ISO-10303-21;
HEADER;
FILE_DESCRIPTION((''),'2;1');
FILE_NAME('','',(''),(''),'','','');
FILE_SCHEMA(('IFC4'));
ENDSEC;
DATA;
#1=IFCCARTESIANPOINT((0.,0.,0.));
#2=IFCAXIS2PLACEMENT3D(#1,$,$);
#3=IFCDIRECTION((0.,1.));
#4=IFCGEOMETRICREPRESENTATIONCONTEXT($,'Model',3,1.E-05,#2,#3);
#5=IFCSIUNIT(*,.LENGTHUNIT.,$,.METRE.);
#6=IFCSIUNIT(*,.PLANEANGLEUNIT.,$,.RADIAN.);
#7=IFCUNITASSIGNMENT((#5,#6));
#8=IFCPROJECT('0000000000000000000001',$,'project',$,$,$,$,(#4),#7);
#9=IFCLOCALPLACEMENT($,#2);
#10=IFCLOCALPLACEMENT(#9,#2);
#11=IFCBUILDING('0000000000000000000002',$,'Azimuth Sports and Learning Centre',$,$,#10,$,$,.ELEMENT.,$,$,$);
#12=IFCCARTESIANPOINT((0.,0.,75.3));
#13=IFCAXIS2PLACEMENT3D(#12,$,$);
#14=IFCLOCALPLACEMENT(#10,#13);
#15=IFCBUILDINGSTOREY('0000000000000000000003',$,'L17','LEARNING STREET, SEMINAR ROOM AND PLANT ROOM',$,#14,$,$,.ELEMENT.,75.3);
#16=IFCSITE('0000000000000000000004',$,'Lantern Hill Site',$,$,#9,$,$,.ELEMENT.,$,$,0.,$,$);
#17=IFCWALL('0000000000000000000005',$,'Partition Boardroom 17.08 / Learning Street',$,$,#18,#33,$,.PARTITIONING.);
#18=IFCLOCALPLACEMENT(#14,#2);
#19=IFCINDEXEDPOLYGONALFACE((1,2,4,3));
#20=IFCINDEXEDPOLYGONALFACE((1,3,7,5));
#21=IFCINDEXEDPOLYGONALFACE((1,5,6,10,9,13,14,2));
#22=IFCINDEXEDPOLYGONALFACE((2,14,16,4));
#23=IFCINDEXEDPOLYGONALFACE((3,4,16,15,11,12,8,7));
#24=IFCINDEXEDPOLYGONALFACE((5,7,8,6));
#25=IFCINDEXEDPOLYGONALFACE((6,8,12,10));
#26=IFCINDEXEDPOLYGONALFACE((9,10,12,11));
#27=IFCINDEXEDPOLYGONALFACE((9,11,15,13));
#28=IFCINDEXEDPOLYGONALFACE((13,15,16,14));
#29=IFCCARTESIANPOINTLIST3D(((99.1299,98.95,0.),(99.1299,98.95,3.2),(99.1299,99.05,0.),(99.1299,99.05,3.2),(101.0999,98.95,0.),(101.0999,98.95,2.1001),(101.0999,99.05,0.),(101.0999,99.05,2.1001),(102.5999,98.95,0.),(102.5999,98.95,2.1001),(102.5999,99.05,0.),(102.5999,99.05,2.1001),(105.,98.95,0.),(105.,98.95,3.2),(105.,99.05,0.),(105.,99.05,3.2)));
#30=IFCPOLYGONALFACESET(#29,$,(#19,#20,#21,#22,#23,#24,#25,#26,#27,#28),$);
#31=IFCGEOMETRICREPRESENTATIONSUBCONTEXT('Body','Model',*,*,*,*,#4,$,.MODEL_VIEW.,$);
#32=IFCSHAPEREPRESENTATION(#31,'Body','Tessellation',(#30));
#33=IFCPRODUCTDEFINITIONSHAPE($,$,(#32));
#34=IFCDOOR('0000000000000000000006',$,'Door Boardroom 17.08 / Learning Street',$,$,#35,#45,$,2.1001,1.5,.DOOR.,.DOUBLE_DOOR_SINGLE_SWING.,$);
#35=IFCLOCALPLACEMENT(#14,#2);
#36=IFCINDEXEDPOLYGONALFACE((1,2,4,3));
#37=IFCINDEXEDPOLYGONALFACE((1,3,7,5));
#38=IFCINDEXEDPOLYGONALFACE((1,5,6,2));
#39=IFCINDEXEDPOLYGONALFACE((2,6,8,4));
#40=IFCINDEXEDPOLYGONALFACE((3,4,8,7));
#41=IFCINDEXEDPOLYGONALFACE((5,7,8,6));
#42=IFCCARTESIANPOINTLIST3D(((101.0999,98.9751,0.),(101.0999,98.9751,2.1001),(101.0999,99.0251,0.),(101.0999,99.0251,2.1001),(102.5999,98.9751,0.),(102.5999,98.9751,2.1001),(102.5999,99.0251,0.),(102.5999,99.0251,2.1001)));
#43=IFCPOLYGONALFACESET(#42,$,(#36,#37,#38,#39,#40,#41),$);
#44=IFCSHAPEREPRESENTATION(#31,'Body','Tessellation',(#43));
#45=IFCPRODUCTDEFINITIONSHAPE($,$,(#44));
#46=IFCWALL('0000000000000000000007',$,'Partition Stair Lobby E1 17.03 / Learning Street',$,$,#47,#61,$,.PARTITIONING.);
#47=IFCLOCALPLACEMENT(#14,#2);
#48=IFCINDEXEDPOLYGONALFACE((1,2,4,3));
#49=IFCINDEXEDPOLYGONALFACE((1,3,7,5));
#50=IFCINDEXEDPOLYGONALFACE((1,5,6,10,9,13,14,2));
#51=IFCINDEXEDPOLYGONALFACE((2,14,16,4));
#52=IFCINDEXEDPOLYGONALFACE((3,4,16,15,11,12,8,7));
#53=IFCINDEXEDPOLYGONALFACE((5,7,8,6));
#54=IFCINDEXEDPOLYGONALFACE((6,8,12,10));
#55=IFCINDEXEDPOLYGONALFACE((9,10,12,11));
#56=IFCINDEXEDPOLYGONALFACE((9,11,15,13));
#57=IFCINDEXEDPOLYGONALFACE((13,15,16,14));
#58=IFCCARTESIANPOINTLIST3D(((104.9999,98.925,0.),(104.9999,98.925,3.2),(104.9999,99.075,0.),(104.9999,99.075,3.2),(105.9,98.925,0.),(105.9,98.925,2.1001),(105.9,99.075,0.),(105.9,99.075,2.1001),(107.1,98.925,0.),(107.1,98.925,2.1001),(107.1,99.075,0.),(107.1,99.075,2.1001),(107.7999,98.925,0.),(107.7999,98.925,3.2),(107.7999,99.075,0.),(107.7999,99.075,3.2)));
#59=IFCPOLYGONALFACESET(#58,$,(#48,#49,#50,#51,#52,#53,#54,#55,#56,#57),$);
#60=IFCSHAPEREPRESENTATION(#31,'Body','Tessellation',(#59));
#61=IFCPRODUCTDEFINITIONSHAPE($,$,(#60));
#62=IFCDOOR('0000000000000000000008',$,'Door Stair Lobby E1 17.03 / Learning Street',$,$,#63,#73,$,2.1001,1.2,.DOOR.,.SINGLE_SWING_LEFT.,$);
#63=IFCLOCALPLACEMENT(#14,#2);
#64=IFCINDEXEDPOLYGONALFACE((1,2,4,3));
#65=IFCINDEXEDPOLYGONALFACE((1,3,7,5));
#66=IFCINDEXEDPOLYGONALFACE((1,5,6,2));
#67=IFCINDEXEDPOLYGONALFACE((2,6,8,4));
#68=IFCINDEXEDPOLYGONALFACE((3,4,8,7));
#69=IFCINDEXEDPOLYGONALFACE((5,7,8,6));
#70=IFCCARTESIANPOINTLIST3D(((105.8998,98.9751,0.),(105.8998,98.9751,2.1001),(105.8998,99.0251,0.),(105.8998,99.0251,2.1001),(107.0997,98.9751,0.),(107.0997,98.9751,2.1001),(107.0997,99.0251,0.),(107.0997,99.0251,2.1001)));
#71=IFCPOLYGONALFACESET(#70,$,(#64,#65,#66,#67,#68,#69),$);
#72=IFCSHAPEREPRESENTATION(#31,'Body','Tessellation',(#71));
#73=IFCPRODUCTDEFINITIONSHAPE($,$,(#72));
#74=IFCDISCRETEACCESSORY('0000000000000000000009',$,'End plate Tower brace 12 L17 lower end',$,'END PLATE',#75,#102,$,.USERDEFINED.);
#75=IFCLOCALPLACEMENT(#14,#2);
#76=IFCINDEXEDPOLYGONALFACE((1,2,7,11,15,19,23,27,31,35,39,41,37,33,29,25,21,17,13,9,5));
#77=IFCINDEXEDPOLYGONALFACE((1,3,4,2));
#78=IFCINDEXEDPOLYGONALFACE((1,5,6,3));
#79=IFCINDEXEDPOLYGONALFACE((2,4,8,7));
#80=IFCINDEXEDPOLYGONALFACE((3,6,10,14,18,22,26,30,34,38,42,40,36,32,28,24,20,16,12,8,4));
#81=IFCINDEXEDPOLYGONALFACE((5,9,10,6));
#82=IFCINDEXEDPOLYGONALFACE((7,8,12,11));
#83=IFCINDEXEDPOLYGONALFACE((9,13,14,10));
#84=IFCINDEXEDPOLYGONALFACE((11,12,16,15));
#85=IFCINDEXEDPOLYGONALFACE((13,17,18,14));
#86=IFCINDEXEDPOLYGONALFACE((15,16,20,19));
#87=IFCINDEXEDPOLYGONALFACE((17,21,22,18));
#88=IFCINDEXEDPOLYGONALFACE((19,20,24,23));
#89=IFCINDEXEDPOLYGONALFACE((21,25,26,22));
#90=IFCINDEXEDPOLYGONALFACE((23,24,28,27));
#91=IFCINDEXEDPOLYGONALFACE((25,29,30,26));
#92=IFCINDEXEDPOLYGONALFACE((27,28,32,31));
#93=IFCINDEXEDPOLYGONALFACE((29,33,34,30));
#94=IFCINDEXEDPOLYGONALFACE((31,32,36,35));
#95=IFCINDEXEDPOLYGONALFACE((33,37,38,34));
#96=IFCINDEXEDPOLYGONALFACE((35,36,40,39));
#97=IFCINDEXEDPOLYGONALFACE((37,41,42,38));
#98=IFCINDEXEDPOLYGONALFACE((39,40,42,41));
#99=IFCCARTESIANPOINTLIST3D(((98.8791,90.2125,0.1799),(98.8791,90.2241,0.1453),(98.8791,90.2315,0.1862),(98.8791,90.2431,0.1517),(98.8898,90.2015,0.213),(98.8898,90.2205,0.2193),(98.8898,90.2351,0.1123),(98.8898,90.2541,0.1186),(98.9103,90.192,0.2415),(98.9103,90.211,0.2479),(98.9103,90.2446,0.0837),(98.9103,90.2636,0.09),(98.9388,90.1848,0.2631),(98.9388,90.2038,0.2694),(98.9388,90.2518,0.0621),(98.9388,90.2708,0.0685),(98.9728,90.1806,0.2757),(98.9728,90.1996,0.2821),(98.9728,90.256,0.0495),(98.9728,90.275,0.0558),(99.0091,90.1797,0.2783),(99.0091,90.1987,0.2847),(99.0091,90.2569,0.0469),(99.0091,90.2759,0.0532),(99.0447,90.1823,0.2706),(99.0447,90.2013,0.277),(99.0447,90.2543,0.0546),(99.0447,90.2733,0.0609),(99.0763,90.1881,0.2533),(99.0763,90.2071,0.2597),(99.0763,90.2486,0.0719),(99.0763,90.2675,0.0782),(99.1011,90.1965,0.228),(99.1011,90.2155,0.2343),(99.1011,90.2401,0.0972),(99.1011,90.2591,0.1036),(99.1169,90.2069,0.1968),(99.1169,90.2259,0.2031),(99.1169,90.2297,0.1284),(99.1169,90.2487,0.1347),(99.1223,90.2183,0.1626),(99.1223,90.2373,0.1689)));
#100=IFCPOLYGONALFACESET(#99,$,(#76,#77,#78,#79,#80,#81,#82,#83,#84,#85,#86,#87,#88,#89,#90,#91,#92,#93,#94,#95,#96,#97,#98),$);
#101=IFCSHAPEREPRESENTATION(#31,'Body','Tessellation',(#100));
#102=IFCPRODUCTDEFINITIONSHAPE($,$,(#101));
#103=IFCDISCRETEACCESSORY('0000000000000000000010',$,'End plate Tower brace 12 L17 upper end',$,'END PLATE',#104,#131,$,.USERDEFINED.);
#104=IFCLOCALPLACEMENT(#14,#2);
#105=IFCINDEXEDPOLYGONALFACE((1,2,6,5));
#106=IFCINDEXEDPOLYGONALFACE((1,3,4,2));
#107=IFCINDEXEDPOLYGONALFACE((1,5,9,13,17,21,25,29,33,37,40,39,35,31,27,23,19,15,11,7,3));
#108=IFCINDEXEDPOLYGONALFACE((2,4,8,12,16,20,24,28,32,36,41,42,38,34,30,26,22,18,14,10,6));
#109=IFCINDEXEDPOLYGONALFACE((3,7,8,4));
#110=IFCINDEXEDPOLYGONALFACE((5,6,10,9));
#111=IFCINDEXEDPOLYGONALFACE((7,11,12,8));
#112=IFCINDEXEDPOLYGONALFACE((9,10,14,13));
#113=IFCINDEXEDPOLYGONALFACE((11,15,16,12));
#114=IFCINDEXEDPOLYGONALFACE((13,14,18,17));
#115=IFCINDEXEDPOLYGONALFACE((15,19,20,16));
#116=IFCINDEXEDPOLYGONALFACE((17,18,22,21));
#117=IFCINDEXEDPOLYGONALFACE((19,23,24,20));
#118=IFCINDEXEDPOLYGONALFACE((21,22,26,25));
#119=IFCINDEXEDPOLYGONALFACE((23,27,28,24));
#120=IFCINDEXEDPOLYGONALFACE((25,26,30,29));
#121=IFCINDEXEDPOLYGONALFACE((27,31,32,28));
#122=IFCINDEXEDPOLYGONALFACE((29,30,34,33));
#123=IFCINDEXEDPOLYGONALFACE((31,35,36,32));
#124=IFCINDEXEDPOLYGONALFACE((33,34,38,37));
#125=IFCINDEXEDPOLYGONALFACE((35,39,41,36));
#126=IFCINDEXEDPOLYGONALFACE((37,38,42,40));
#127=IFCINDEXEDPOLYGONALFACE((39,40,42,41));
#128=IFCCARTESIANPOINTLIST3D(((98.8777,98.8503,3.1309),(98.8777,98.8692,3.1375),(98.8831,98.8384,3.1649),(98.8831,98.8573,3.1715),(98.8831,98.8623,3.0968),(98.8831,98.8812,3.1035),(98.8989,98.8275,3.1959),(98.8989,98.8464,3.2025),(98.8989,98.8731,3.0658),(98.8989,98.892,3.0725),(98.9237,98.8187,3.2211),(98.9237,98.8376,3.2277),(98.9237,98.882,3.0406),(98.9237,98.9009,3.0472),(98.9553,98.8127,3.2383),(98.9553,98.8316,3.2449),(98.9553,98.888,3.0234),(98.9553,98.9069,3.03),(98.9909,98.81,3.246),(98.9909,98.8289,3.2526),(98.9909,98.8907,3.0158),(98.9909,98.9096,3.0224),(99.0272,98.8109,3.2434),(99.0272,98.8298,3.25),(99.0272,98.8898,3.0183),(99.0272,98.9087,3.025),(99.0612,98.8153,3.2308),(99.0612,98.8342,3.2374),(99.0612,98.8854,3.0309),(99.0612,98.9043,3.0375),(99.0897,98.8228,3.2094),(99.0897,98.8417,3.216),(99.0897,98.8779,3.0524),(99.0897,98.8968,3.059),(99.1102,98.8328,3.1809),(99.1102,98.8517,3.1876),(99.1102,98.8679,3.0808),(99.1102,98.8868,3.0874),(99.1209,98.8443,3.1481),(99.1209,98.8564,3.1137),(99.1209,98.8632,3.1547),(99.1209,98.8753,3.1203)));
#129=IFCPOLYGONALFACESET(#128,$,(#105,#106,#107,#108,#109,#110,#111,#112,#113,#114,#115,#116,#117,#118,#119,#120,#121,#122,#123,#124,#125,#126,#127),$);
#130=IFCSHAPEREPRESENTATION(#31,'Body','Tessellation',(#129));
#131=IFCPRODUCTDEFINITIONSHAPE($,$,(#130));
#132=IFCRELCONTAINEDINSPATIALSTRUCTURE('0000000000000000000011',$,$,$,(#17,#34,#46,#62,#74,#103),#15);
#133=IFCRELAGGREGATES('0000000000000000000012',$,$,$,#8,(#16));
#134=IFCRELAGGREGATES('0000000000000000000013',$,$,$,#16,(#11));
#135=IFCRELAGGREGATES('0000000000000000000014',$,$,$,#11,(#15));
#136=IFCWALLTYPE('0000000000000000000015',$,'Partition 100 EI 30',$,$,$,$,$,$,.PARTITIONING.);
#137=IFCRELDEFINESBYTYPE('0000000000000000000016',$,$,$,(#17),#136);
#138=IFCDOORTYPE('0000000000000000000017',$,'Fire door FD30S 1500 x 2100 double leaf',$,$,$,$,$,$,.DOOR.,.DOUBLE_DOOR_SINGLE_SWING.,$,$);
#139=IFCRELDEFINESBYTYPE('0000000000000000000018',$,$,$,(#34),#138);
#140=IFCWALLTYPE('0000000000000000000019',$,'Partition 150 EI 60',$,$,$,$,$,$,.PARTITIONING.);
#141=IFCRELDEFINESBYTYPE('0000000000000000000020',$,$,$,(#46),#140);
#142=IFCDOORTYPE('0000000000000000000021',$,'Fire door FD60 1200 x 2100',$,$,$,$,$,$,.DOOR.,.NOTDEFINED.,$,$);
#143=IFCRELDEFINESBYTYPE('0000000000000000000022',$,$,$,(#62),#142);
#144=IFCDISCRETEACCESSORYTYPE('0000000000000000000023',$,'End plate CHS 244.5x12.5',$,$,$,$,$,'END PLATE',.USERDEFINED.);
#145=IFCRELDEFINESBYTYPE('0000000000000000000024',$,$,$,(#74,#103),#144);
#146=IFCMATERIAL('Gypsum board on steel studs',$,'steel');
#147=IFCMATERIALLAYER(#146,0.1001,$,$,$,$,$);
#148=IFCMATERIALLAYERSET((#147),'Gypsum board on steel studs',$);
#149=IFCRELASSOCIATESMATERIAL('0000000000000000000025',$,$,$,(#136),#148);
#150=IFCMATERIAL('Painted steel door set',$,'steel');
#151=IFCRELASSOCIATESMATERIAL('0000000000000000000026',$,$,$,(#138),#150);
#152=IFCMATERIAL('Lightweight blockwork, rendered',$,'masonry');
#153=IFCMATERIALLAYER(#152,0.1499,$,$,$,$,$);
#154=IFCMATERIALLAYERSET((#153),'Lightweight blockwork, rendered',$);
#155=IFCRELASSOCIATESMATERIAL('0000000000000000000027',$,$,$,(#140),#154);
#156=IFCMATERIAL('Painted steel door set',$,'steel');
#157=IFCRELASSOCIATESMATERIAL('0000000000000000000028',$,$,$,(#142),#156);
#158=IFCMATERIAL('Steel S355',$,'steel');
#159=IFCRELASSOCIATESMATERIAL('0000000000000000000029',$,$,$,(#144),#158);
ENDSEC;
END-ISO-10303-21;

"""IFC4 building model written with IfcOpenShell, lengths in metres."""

from ifc_helpers import new_model, si_unit, direction, frame, frame_2d, origin, origin_2d, place, context, subcontext, project, spatial, rectangle, circle, extrude, material, layer, layer_set, material_profile, profile_set, type_object, element, fill, save


model = new_model("IFC4")

# Units and contexts
model_context = context("Model", 3, precision=1e-05, world=origin(), true_north=direction((0.0, 1.0)))
body_context = subcontext(model_context, "Body", "Model", "MODEL_VIEW")
ifc_project = project(units=[si_unit("LENGTHUNIT", "METRE"), si_unit("PLANEANGLEUNIT", "RADIAN")], contexts=[model_context])

# Site, building, storey
site_placement = place(None, origin())
site = spatial("IfcSite", under=ifc_project, at=site_placement, Name="Lantern Hill Site", CompositionType="ELEMENT", RefElevation=0.0)
building_placement = place(site_placement, origin())
building = spatial("IfcBuilding", under=site, at=building_placement, Name="Azimuth Sports and Learning Centre", CompositionType="ELEMENT")
storey_placement = place(building_placement, frame((0.0, 0.0, 75.3)))
storey = spatial("IfcBuildingStorey", under=building, at=storey_placement, Name="L17", Description="LEARNING STREET, SEMINAR ROOM AND PLANT ROOM", CompositionType="ELEMENT", Elevation=75.3)

# Walls, openings, doors
ifc_material_1 = material(Name="Gypsum board on steel studs", Category="steel")
ifc_layer_1 = layer(ifc_material_1, 0.1001)
ifc_layer_set_1 = layer_set([ifc_layer_1], Name="Gypsum board on steel studs")
wall_type_1 = type_object("IfcWallType", Name="Partition 100 EI 30", PredefinedType="PARTITIONING", material=ifc_layer_set_1)
wall_1_placement = place(storey_placement, frame((99.1299, 99.0, 0.0), z_axis=(0.0, 0.0, 1.0), x_axis=(1.0, 0.0, 0.0)))
wall_1 = element("IfcWall", 1, at=wall_1_placement, inside=storey, type_object=wall_type_1, Name="Partition Boardroom 17.08 / Learning Street", PredefinedType="PARTITIONING", context=body_context, shape_type="SweptSolid", body=[
    extrude(rectangle(XDim=5.8701, YDim=0.1001, at=frame_2d((2.9351, 0.0))), origin(), (0.0, 0.0, 1.0), 3.2),
])
opening_1_placement = place(wall_1_placement, frame((1.97, 0.0, 0.0)))
opening_1 = element("IfcOpeningElement", 2, at=opening_1_placement, cuts=wall_1, PredefinedType="OPENING", context=body_context, shape_type="SweptSolid", body=[
    extrude(rectangle(XDim=1.5, YDim=2.1001, at=frame_2d((0.75, 1.05))), frame((0.0, 0.061, 0.0), z_axis=(0.0, -1.0, 0.0), x_axis=(1.0, 0.0, 0.0)), (0.0, 0.0, 1.0), 0.1221),
])
ifc_material_2 = material(Name="Painted steel door set", Category="steel")
door_type_1 = type_object("IfcDoorType", Name="Fire door FD30S 1500 x 2100 double leaf", OperationType="DOUBLE_DOOR_SINGLE_SWING", PredefinedType="DOOR", material=ifc_material_2)
door_1_placement = place(opening_1_placement, frame((1.5, 0.0, 0.0), z_axis=(0.0, 0.0, 1.0), x_axis=(-1.0, 0.0, 0.0)))
door_1 = element("IfcDoor", 3, at=door_1_placement, inside=storey, type_object=door_type_1, Name="Door Boardroom 17.08 / Learning Street", OperationType="DOUBLE_DOOR_SINGLE_SWING", OverallHeight=2.1001, OverallWidth=1.5, PredefinedType="DOOR", context=body_context, shape_type="SweptSolid", body=[
    extrude(rectangle(XDim=1.5, YDim=2.1001, at=frame_2d((0.75, 1.05))), frame((0.0, 0.0249, 0.0), z_axis=(0.0, -1.0, 0.0), x_axis=(1.0, 0.0, 0.0)), (0.0, 0.0, 1.0), 0.05),
])
fill(opening_1, door_1)
ifc_material_3 = material(Name="Lightweight blockwork, rendered", Category="masonry")
ifc_layer_2 = layer(ifc_material_3, 0.1499)
ifc_layer_set_2 = layer_set([ifc_layer_2], Name="Lightweight blockwork, rendered")
wall_type_2 = type_object("IfcWallType", Name="Partition 150 EI 60", PredefinedType="PARTITIONING", material=ifc_layer_set_2)
wall_2_placement = place(storey_placement, frame((105.0, 99.0, 0.0), z_axis=(0.0, 0.0, 1.0), x_axis=(1.0, 0.0, 0.0)))
wall_2 = element("IfcWall", 4, at=wall_2_placement, inside=storey, type_object=wall_type_2, Name="Partition Stair Lobby E1 17.03 / Learning Street", PredefinedType="PARTITIONING", context=body_context, shape_type="SweptSolid", body=[
    extrude(rectangle(XDim=2.8, YDim=0.1499, at=frame_2d((1.3999, 0.0))), origin(), (0.0, 0.0, 1.0), 3.2),
])
opening_2_placement = place(wall_2_placement, frame((0.8999, 0.0, 0.0)))
opening_2 = element("IfcOpeningElement", 5, at=opening_2_placement, cuts=wall_2, PredefinedType="OPENING", context=body_context, shape_type="SweptSolid", body=[
    extrude(rectangle(XDim=1.2, YDim=2.1001, at=frame_2d((0.6001, 1.05))), frame((0.0, 0.0859, 0.0), z_axis=(0.0, -1.0, 0.0), x_axis=(1.0, 0.0, 0.0)), (0.0, 0.0, 1.0), 0.1719),
])
ifc_material_4 = material(Name="Painted steel door set", Category="steel")
door_type_2 = type_object("IfcDoorType", Name="Fire door FD60 1200 x 2100", OperationType="NOTDEFINED", PredefinedType="DOOR", material=ifc_material_4)
door_2_placement = place(opening_2_placement, frame((1.2, 0.0, 0.0), z_axis=(0.0, 0.0, 1.0), x_axis=(-1.0, 0.0, 0.0)))
door_2 = element("IfcDoor", 6, at=door_2_placement, inside=storey, type_object=door_type_2, Name="Door Stair Lobby E1 17.03 / Learning Street", OperationType="SINGLE_SWING_LEFT", OverallHeight=2.1001, OverallWidth=1.2, PredefinedType="DOOR", context=body_context, shape_type="SweptSolid", body=[
    extrude(rectangle(XDim=1.2, YDim=2.1001, at=frame_2d((0.6001, 1.05))), frame((0.0, 0.0249, 0.0), z_axis=(0.0, -1.0, 0.0), x_axis=(1.0, 0.0, 0.0)), (0.0, 0.0, 1.0), 0.05),
])
fill(opening_2, door_2)

# Discrete accessories
ifc_material_5 = material(Name="Steel S355", Category="steel")
ifc_material_profile_1 = material_profile(ifc_material_5, circle(Radius=0.1223, at=origin_2d()), Name="PL 244 DISC")
ifc_profile_set_1 = profile_set([ifc_material_profile_1], Name="Steel S355")
discrete_accessory_type = type_object("IfcDiscreteAccessoryType", Name="End plate CHS 244.5x12.5", ElementType="END PLATE", PredefinedType="USERDEFINED", material=ifc_profile_set_1)
for number, where, z_axis, x_axis, name in (
    (7, (99.0, 90.2373, 0.1689), (0.0, -0.948683, -0.316228), (1.0, 0.0, 0.0), "End plate Tower brace 12 L17 lower end"),
    (8, (99.0, 98.8503, 3.1309), (0.0, 0.943667, 0.330896), (-1.0, 0.0, 0.0), "End plate Tower brace 12 L17 upper end"),
):
    element("IfcDiscreteAccessory", number, at=place(storey_placement, frame(where, z_axis=z_axis, x_axis=x_axis)), inside=storey, type_object=discrete_accessory_type, Name=name, ObjectType="END PLATE", PredefinedType="USERDEFINED", context=body_context, shape_type="SweptSolid", body=[
        extrude(circle(Radius=0.1223, at=origin_2d()), origin(), (0.0, 0.0, 1.0), 0.02),
    ])

save(model, "model.ifc")
